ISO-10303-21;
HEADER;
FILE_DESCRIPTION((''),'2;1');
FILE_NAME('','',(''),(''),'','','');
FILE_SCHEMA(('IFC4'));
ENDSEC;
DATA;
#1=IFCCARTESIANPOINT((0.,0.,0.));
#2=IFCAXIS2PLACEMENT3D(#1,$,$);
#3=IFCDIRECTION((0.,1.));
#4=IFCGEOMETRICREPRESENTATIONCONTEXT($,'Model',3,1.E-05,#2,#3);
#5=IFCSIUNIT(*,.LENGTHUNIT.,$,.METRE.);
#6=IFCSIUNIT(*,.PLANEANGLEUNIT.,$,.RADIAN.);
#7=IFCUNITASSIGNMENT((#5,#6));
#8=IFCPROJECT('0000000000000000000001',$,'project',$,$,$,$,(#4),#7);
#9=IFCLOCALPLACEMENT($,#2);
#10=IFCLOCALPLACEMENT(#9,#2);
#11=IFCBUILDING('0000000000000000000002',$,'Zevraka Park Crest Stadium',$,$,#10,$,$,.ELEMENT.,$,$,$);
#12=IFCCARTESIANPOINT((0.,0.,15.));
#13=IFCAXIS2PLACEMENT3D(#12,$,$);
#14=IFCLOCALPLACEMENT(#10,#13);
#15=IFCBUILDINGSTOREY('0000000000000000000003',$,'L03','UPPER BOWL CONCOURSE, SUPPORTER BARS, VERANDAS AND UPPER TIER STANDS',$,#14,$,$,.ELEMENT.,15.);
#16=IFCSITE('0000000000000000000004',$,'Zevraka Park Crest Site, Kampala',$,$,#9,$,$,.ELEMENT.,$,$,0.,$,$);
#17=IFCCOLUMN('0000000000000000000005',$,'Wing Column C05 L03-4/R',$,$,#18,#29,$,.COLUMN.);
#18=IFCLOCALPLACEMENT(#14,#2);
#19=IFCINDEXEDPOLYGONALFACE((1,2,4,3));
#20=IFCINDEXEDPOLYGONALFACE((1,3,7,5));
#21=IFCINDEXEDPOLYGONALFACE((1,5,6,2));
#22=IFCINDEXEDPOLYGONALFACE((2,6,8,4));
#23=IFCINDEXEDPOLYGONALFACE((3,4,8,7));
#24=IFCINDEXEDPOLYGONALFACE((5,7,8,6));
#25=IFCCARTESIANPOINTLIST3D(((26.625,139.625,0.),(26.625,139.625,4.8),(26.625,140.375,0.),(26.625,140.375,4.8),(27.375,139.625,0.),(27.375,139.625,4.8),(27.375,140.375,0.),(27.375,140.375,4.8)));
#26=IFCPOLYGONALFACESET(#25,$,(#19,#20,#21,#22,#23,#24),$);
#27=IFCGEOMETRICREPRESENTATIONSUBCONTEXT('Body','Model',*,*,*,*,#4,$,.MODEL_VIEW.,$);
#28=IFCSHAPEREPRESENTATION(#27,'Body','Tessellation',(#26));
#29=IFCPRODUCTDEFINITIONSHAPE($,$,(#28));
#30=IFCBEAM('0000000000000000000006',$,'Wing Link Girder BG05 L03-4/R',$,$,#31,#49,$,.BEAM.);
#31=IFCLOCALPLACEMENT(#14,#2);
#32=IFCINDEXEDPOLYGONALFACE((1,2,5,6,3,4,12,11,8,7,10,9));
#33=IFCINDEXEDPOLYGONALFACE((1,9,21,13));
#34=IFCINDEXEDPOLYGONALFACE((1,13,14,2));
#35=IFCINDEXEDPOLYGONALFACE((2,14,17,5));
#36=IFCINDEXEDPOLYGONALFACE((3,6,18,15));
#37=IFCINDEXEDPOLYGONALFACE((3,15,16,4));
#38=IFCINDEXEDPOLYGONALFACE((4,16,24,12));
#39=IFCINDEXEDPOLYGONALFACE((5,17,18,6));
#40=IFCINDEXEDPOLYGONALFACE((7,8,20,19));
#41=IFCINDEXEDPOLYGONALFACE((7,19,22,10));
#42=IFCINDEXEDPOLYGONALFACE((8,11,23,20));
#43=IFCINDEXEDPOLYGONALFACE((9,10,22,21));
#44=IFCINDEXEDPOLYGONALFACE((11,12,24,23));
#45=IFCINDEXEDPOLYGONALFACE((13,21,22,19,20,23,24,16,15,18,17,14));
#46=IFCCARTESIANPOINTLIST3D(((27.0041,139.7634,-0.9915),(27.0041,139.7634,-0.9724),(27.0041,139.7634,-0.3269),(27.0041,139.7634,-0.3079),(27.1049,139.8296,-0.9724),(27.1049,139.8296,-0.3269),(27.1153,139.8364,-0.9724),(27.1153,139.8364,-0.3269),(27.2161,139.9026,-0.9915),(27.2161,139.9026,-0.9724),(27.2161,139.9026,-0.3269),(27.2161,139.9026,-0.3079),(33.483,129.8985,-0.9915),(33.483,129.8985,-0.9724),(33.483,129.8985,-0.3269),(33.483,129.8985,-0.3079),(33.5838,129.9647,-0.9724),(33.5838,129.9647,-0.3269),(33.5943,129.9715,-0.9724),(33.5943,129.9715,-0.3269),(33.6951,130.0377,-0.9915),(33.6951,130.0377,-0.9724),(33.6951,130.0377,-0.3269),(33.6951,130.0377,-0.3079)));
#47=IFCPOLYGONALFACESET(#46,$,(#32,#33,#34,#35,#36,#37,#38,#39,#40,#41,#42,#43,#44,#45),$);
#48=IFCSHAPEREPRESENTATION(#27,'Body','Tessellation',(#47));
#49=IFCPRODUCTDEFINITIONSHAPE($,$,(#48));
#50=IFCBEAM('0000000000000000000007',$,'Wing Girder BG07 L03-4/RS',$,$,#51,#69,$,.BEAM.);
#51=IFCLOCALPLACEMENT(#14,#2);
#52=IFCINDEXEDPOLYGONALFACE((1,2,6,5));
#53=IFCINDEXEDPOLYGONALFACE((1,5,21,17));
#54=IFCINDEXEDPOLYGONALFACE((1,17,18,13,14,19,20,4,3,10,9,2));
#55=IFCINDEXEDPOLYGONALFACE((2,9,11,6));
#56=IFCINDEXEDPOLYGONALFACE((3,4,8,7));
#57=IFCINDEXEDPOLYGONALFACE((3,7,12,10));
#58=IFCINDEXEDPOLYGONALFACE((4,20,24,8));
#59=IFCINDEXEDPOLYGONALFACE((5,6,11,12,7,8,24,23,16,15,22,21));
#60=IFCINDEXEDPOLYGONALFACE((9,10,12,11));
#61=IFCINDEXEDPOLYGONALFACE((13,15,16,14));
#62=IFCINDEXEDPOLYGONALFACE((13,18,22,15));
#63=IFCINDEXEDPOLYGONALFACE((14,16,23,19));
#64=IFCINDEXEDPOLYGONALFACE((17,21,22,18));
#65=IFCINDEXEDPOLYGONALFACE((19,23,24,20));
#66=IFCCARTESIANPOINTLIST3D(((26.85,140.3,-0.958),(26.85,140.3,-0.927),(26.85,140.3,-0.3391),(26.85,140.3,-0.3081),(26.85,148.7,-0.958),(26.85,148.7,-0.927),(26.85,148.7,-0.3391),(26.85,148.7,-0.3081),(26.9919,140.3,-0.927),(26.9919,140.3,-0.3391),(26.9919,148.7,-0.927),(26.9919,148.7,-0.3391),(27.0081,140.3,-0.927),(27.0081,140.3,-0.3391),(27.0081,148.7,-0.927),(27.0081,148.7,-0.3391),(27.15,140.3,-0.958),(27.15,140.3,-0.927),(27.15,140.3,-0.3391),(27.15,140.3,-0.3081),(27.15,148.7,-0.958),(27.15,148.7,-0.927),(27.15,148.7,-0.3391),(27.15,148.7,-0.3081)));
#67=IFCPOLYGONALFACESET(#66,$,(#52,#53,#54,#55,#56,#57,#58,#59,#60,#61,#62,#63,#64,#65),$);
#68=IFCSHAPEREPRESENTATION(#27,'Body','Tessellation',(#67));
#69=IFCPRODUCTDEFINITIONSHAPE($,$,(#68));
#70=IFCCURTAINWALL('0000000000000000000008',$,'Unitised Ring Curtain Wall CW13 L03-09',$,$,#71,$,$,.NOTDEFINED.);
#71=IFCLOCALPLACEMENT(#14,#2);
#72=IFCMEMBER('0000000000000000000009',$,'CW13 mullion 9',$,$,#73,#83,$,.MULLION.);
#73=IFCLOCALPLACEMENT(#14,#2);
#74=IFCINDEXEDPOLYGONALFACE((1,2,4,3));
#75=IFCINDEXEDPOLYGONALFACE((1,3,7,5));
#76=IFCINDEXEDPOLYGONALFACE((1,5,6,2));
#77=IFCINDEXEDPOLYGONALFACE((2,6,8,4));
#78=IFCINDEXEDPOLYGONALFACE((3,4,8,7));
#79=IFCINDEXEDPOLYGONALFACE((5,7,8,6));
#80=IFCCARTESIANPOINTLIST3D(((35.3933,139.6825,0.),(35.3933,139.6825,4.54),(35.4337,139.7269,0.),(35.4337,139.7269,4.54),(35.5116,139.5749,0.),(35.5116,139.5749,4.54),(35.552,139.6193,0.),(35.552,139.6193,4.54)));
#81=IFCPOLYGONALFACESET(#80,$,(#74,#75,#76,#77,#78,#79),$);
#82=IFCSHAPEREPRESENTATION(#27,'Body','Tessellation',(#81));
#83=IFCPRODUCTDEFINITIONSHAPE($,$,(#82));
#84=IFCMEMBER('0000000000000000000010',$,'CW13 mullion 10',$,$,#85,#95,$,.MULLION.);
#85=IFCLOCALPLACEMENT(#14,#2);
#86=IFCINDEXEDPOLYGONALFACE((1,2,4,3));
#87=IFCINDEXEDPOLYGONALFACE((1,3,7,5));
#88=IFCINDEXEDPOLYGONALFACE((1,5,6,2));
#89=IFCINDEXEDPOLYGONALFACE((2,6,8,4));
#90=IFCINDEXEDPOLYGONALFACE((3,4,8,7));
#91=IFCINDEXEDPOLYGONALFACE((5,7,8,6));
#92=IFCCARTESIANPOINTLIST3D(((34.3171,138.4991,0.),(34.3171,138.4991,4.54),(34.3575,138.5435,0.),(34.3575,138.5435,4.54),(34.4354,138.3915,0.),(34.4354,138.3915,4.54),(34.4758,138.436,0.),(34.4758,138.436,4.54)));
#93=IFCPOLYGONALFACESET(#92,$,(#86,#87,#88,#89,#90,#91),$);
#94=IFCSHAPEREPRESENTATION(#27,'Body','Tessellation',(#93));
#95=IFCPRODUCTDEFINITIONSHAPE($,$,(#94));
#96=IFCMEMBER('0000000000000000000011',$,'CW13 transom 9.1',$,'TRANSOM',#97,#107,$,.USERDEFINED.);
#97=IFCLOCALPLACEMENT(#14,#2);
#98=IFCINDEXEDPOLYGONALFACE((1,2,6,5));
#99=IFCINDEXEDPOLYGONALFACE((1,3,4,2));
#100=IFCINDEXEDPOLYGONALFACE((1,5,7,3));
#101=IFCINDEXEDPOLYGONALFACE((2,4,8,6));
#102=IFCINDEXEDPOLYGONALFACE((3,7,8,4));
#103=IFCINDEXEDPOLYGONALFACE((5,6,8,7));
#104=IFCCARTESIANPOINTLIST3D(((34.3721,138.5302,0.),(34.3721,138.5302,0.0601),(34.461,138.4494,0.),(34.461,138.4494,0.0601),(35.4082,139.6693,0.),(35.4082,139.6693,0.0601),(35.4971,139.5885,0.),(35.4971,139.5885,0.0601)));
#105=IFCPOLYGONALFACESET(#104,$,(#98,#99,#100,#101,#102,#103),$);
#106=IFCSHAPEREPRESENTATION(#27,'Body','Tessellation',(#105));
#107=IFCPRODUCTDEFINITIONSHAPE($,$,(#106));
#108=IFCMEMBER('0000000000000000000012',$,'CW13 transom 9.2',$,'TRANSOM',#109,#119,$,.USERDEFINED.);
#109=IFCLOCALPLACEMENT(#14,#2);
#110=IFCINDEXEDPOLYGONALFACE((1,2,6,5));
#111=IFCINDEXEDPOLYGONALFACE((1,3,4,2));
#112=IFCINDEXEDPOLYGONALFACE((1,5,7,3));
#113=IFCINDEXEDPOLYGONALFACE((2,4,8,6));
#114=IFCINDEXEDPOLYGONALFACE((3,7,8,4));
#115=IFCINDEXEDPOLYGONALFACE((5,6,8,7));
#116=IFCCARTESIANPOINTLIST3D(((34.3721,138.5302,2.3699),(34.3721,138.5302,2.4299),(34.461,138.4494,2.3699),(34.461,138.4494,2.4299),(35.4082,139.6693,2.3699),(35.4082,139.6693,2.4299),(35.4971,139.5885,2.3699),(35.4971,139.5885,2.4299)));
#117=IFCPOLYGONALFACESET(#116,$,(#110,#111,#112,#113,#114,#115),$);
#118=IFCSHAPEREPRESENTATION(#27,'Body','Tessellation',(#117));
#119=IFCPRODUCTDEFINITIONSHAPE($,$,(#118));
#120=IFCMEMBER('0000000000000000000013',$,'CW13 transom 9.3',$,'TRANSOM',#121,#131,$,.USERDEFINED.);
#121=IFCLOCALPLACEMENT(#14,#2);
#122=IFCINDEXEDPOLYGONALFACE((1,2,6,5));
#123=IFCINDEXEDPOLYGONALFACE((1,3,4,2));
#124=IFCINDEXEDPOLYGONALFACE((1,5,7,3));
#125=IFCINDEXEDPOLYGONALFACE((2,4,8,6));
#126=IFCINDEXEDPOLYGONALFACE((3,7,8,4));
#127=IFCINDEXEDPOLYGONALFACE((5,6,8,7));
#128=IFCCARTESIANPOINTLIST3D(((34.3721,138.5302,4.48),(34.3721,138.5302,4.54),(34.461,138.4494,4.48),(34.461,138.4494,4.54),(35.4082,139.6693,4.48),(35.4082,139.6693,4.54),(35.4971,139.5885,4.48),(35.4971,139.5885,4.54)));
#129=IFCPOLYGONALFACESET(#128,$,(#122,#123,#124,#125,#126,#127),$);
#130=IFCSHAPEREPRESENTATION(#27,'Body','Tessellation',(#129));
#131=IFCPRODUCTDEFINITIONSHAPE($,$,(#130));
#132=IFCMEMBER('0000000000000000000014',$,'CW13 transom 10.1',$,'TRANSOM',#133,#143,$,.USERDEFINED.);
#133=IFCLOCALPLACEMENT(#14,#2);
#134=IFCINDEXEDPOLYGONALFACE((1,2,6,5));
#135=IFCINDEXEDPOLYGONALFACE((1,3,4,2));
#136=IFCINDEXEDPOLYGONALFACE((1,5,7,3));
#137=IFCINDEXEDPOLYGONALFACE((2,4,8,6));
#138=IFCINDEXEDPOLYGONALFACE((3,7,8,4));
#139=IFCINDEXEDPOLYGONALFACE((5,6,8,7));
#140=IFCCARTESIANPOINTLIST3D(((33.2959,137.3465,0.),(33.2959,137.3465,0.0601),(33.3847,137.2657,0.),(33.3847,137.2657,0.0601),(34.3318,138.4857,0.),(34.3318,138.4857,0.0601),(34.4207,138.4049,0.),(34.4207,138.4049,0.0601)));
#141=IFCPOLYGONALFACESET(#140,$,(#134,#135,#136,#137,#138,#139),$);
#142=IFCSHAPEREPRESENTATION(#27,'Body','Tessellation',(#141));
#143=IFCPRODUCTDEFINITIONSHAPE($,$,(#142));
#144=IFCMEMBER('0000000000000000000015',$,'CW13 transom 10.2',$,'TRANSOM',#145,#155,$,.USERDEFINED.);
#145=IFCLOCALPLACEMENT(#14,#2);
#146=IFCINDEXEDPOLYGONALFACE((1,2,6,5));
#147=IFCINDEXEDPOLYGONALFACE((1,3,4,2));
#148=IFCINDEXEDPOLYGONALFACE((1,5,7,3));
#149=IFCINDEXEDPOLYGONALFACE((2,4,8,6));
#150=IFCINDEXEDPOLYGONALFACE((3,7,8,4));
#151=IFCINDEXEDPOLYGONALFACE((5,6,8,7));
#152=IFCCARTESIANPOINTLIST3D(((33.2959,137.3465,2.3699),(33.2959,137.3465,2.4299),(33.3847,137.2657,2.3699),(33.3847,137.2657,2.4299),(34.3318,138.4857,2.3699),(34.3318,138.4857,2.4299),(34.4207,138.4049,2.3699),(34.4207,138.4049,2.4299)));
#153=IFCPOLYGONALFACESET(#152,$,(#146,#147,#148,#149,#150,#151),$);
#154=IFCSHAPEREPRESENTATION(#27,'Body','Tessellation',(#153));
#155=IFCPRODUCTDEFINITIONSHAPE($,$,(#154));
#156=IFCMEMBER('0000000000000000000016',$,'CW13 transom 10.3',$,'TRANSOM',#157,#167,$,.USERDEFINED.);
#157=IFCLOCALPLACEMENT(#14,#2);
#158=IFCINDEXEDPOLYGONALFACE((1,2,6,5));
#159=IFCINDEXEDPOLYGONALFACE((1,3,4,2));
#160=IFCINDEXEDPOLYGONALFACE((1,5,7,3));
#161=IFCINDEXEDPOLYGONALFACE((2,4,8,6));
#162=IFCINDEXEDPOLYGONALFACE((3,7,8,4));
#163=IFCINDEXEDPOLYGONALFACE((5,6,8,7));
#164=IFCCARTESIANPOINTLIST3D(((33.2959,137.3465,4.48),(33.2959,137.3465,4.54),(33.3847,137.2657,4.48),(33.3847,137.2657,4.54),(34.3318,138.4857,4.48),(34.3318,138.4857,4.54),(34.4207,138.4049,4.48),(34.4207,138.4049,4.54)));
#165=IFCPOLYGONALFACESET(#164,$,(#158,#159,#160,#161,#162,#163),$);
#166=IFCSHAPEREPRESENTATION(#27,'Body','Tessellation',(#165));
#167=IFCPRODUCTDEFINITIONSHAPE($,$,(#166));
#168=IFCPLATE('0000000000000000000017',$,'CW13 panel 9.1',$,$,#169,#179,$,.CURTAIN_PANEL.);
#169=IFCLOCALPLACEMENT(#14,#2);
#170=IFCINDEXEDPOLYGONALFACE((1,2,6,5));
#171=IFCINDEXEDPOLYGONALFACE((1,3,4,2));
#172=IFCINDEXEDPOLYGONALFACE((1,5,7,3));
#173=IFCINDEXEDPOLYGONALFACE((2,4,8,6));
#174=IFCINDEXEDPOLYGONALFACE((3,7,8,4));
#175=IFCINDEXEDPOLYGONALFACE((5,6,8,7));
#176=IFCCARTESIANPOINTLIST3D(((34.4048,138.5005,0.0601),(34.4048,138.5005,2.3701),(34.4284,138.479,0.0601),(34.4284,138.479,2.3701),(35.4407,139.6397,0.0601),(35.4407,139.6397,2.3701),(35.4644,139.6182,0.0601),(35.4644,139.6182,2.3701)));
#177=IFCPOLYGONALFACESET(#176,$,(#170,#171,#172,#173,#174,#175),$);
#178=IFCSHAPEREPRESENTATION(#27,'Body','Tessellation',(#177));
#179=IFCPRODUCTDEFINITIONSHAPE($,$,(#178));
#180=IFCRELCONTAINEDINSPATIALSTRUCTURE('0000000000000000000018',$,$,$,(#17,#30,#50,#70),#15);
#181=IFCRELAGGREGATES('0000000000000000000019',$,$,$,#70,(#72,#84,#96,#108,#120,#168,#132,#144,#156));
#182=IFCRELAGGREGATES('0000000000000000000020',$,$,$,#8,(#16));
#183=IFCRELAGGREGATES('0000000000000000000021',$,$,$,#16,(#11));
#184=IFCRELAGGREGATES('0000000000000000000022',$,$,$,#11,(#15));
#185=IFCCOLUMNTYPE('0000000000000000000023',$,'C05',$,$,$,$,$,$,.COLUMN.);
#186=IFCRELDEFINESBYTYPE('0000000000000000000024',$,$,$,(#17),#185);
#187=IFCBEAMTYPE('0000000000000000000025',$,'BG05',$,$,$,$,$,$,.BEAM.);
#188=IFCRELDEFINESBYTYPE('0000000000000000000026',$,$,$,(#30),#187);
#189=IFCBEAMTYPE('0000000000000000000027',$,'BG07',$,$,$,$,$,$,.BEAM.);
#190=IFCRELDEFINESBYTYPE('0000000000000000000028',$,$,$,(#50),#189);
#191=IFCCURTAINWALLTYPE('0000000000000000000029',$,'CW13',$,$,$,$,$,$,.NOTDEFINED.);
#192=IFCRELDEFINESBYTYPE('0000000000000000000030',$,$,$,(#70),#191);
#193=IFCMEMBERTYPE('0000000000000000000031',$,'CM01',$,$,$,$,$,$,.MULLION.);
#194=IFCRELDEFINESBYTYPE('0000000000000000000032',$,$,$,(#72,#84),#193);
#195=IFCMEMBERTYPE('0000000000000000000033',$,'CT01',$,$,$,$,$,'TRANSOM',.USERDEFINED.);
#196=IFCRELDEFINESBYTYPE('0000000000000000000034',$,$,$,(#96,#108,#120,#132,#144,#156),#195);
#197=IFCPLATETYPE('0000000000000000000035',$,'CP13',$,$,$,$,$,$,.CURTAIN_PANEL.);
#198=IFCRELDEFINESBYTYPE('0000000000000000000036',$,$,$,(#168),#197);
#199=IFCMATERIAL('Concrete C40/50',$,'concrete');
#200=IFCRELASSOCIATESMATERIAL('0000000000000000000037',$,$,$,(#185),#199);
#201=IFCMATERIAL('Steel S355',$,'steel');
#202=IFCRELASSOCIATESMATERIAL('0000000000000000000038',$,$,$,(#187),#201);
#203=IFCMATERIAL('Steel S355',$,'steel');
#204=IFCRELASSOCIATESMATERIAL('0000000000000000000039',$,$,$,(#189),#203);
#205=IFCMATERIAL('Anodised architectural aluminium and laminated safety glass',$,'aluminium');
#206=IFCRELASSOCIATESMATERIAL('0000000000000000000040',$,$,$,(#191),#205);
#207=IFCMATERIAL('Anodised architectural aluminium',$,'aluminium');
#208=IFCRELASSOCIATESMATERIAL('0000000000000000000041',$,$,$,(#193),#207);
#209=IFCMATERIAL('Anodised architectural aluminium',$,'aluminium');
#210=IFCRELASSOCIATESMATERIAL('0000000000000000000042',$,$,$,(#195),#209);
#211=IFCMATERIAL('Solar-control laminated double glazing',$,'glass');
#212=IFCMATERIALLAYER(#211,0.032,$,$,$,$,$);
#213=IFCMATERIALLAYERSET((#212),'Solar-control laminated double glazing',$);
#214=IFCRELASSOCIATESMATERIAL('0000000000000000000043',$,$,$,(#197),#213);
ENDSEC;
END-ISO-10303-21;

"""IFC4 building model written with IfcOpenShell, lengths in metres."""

from ifc_helpers import new_model, si_unit, direction, frame, origin, origin_2d, place, context, subcontext, project, spatial, rectangle, i_section, extrude, material, layer, layer_set, material_profile, profile_set, type_object, element, aggregate, save


model = new_model("IFC4")

# Units and contexts
model_context = context("Model", 3, precision=1e-05, world=origin(), true_north=direction((0.0, 1.0)))
body_context = subcontext(model_context, "Body", "Model", "MODEL_VIEW")
ifc_project = project(units=[si_unit("LENGTHUNIT", "METRE"), si_unit("PLANEANGLEUNIT", "RADIAN")], contexts=[model_context])

# Site, building, storey
site_placement = place(None, origin())
site = spatial("IfcSite", under=ifc_project, at=site_placement, Name="Zevraka Park Crest Site, Kampala", CompositionType="ELEMENT", RefElevation=0.0)
building_placement = place(site_placement, origin())
building = spatial("IfcBuilding", under=site, at=building_placement, Name="Zevraka Park Crest Stadium", CompositionType="ELEMENT")
storey_placement = place(building_placement, frame((0.0, 0.0, 15.0)))
storey = spatial("IfcBuildingStorey", under=building, at=storey_placement, Name="L03", Description="UPPER BOWL CONCOURSE, SUPPORTER BARS, VERANDAS AND UPPER TIER STANDS", CompositionType="ELEMENT", Elevation=15.0)

# Column
ifc_material_1 = material(Name="Concrete C40/50", Category="concrete")
ifc_material_profile_1 = material_profile(ifc_material_1, rectangle(XDim=0.75, YDim=0.75, at=origin_2d()), Name="RC 750x750")
ifc_profile_set_1 = profile_set([ifc_material_profile_1], Name="Concrete C40/50")
column_type = type_object("IfcColumnType", Name="C05", PredefinedType="COLUMN", material=ifc_profile_set_1)
column_placement = place(storey_placement, frame((27.0, 140.0, 0.0), z_axis=(0.0, 0.0, 1.0), x_axis=(1.0, 0.0, 0.0)))
element("IfcColumn", 1, at=column_placement, inside=storey, type_object=column_type, Name="Wing Column C05 L03-4/R", PredefinedType="COLUMN", context=body_context, shape_type="SweptSolid", body=[
    extrude(rectangle(XDim=0.75, YDim=0.75, at=origin_2d()), origin(), (0.0, 0.0, 1.0), 4.8),
])

# Beams
ifc_material_2 = material(Name="Steel S355", Category="steel")
ifc_material_profile_2 = material_profile(ifc_material_2, i_section(OverallWidth=0.2537, OverallDepth=0.6836, WebThickness=0.0125, FlangeThickness=0.019, at=origin_2d()), Name="UKB 686x254x140")
ifc_profile_set_2 = profile_set([ifc_material_profile_2], Name="Steel S355")
beam_type_1 = type_object("IfcBeamType", Name="BG05", PredefinedType="BEAM", material=ifc_profile_set_2)
beam_1_placement = place(storey_placement, frame((27.1101, 139.833, -0.6497), z_axis=(0.548959, -0.835849, 0.0), x_axis=(0.835849, 0.548959, 0.0)))
element("IfcBeam", 2, at=beam_1_placement, inside=storey, type_object=beam_type_1, Name="Wing Link Girder BG05 L03-4/R", PredefinedType="BEAM", context=body_context, shape_type="SweptSolid", body=[
    extrude(i_section(OverallWidth=0.2537, OverallDepth=0.6836, WebThickness=0.0125, FlangeThickness=0.019, at=origin_2d()), origin(), (0.0, 0.0, 1.0), 11.8022),
])
ifc_material_3 = material(Name="Steel S355", Category="steel")
ifc_material_profile_3 = material_profile(ifc_material_3, i_section(OverallWidth=0.3, OverallDepth=0.6499, WebThickness=0.0161, FlangeThickness=0.031, at=origin_2d()), Name="HEB 650")
ifc_profile_set_3 = profile_set([ifc_material_profile_3], Name="Steel S355")
beam_type_2 = type_object("IfcBeamType", Name="BG07", PredefinedType="BEAM", material=ifc_profile_set_3)
beam_2_placement = place(storey_placement, frame((27.0, 140.3, -0.6331), z_axis=(0.0, 1.0, 0.0), x_axis=(-1.0, 0.0, 0.0)))
element("IfcBeam", 3, at=beam_2_placement, inside=storey, type_object=beam_type_2, Name="Wing Girder BG07 L03-4/RS", PredefinedType="BEAM", context=body_context, shape_type="SweptSolid", body=[
    extrude(i_section(OverallWidth=0.3, OverallDepth=0.6499, WebThickness=0.0161, FlangeThickness=0.031, at=origin_2d()), origin(), (0.0, 0.0, 1.0), 8.3999),
])

# Curtain wall, members, plate
ifc_material_4 = material(Name="Anodised architectural aluminium and laminated safety glass", Category="aluminium")
curtain_wall_type = type_object("IfcCurtainWallType", Name="CW13", PredefinedType="NOTDEFINED", material=ifc_material_4)
curtain_wall_placement = place(storey_placement, origin())
curtain_wall = element("IfcCurtainWall", 4, at=curtain_wall_placement, inside=storey, type_object=curtain_wall_type, Name="Unitised Ring Curtain Wall CW13 L03-09", PredefinedType="NOTDEFINED")
ifc_material_5 = material(Name="Anodised architectural aluminium", Category="aluminium")
ifc_material_profile_4 = material_profile(ifc_material_5, rectangle(XDim=0.1599, YDim=0.0601, at=origin_2d()), Name="ALU MULLION 160x60")
ifc_profile_set_4 = profile_set([ifc_material_profile_4], Name="Anodised architectural aluminium")
member_type_1 = type_object("IfcMemberType", Name="CM01", PredefinedType="MULLION", material=ifc_profile_set_4)
member_1_placement = place(storey_placement, frame((35.4727, 139.6509, 0.0), z_axis=(0.0, 0.0, 1.0), x_axis=(0.739823, -0.672802, 0.0)))
member_1 = element("IfcMember", 5, at=member_1_placement, type_object=member_type_1, Name="CW13 mullion 9", PredefinedType="MULLION", context=body_context, shape_type="SweptSolid", body=[
    extrude(rectangle(XDim=0.1599, YDim=0.0601, at=origin_2d()), origin(), (0.0, 0.0, 1.0), 4.54),
])
member_2_placement = place(storey_placement, frame((34.3965, 138.4675, 0.0), z_axis=(0.0, 0.0, 1.0), x_axis=(0.739823, -0.672802, 0.0)))
member_2 = element("IfcMember", 6, at=member_2_placement, type_object=member_type_1, Name="CW13 mullion 10", PredefinedType="MULLION", context=body_context, shape_type="SweptSolid", body=[
    extrude(rectangle(XDim=0.1599, YDim=0.0601, at=origin_2d()), origin(), (0.0, 0.0, 1.0), 4.54),
])
ifc_material_6 = material(Name="Anodised architectural aluminium", Category="aluminium")
ifc_material_profile_5 = material_profile(ifc_material_6, rectangle(XDim=0.1201, YDim=0.0601, at=origin_2d()), Name="ALU TRANSOM 120x60")
ifc_profile_set_5 = profile_set([ifc_material_profile_5], Name="Anodised architectural aluminium")
member_type_2 = type_object("IfcMemberType", Name="CT01", ElementType="TRANSOM", PredefinedType="USERDEFINED", material=ifc_profile_set_5)
member_3_placement = place(storey_placement, frame((35.4526, 139.6289, 0.03), z_axis=(-0.672862, -0.739768, 0.0), x_axis=(0.739768, -0.672862, 0.0)))
member_3 = element("IfcMember", 7, at=member_3_placement, type_object=member_type_2, Name="CW13 transom 9.1", ObjectType="TRANSOM", PredefinedType="USERDEFINED", context=body_context, shape_type="SweptSolid", body=[
    extrude(rectangle(XDim=0.1201, YDim=0.0601, at=origin_2d()), origin(), (0.0, 0.0, 1.0), 1.5398),
])
member_4_placement = place(storey_placement, frame((35.4526, 139.6289, 2.3999), z_axis=(-0.672862, -0.739768, 0.0), x_axis=(0.739768, -0.672862, 0.0)))
member_4 = element("IfcMember", 8, at=member_4_placement, type_object=member_type_2, Name="CW13 transom 9.2", ObjectType="TRANSOM", PredefinedType="USERDEFINED", context=body_context, shape_type="SweptSolid", body=[
    extrude(rectangle(XDim=0.1201, YDim=0.0601, at=origin_2d()), origin(), (0.0, 0.0, 1.0), 1.5398),
])
member_5_placement = place(storey_placement, frame((35.4526, 139.6289, 4.51), z_axis=(-0.672862, -0.739768, 0.0), x_axis=(0.739768, -0.672862, 0.0)))
member_5 = element("IfcMember", 9, at=member_5_placement, type_object=member_type_2, Name="CW13 transom 9.3", ObjectType="TRANSOM", PredefinedType="USERDEFINED", context=body_context, shape_type="SweptSolid", body=[
    extrude(rectangle(XDim=0.1201, YDim=0.0601, at=origin_2d()), origin(), (0.0, 0.0, 1.0), 1.5398),
])
member_6_placement = place(storey_placement, frame((34.3762, 138.4453, 0.03), z_axis=(-0.672775, -0.739847, 0.0), x_axis=(0.739847, -0.672775, 0.0)))
member_6 = element("IfcMember", 10, at=member_6_placement, type_object=member_type_2, Name="CW13 transom 10.1", ObjectType="TRANSOM", PredefinedType="USERDEFINED", context=body_context, shape_type="SweptSolid", body=[
    extrude(rectangle(XDim=0.1201, YDim=0.0601, at=origin_2d()), origin(), (0.0, 0.0, 1.0), 1.5398),
])
member_7_placement = place(storey_placement, frame((34.3762, 138.4453, 2.3999), z_axis=(-0.672775, -0.739847, 0.0), x_axis=(0.739847, -0.672775, 0.0)))
member_7 = element("IfcMember", 11, at=member_7_placement, type_object=member_type_2, Name="CW13 transom 10.2", ObjectType="TRANSOM", PredefinedType="USERDEFINED", context=body_context, shape_type="SweptSolid", body=[
    extrude(rectangle(XDim=0.1201, YDim=0.0601, at=origin_2d()), origin(), (0.0, 0.0, 1.0), 1.5398),
])
member_8_placement = place(storey_placement, frame((34.3762, 138.4453, 4.51), z_axis=(-0.672775, -0.739847, 0.0), x_axis=(0.739847, -0.672775, 0.0)))
member_8 = element("IfcMember", 12, at=member_8_placement, type_object=member_type_2, Name="CW13 transom 10.3", ObjectType="TRANSOM", PredefinedType="USERDEFINED", context=body_context, shape_type="SweptSolid", body=[
    extrude(rectangle(XDim=0.1201, YDim=0.0601, at=origin_2d()), origin(), (0.0, 0.0, 1.0), 1.5398),
])
ifc_material_7 = material(Name="Solar-control laminated double glazing", Category="glass")
ifc_layer_1 = layer(ifc_material_7, 0.032)
ifc_layer_set_1 = layer_set([ifc_layer_1], Name="Solar-control laminated double glazing")
plate_type = type_object("IfcPlateType", Name="CP13", PredefinedType="CURTAIN_PANEL", material=ifc_layer_set_1)
plate_1_placement = place(storey_placement, frame((34.9346, 139.0593, 0.0601), z_axis=(0.0, 0.0, 1.0), x_axis=(-0.672802, -0.739823, 0.0)))
plate_1 = element("IfcPlate", 13, at=plate_1_placement, type_object=plate_type, Name="CW13 panel 9.1", PredefinedType="CURTAIN_PANEL", context=body_context, shape_type="SweptSolid", body=[
    extrude(rectangle(XDim=1.5398, YDim=0.032, at=origin_2d()), origin(), (0.0, 0.0, 1.0), 2.3101),
])
aggregate(curtain_wall, [member_1, member_2, member_3, member_4, member_5, plate_1, member_6, member_7, member_8])

save(model, "model.ifc")
